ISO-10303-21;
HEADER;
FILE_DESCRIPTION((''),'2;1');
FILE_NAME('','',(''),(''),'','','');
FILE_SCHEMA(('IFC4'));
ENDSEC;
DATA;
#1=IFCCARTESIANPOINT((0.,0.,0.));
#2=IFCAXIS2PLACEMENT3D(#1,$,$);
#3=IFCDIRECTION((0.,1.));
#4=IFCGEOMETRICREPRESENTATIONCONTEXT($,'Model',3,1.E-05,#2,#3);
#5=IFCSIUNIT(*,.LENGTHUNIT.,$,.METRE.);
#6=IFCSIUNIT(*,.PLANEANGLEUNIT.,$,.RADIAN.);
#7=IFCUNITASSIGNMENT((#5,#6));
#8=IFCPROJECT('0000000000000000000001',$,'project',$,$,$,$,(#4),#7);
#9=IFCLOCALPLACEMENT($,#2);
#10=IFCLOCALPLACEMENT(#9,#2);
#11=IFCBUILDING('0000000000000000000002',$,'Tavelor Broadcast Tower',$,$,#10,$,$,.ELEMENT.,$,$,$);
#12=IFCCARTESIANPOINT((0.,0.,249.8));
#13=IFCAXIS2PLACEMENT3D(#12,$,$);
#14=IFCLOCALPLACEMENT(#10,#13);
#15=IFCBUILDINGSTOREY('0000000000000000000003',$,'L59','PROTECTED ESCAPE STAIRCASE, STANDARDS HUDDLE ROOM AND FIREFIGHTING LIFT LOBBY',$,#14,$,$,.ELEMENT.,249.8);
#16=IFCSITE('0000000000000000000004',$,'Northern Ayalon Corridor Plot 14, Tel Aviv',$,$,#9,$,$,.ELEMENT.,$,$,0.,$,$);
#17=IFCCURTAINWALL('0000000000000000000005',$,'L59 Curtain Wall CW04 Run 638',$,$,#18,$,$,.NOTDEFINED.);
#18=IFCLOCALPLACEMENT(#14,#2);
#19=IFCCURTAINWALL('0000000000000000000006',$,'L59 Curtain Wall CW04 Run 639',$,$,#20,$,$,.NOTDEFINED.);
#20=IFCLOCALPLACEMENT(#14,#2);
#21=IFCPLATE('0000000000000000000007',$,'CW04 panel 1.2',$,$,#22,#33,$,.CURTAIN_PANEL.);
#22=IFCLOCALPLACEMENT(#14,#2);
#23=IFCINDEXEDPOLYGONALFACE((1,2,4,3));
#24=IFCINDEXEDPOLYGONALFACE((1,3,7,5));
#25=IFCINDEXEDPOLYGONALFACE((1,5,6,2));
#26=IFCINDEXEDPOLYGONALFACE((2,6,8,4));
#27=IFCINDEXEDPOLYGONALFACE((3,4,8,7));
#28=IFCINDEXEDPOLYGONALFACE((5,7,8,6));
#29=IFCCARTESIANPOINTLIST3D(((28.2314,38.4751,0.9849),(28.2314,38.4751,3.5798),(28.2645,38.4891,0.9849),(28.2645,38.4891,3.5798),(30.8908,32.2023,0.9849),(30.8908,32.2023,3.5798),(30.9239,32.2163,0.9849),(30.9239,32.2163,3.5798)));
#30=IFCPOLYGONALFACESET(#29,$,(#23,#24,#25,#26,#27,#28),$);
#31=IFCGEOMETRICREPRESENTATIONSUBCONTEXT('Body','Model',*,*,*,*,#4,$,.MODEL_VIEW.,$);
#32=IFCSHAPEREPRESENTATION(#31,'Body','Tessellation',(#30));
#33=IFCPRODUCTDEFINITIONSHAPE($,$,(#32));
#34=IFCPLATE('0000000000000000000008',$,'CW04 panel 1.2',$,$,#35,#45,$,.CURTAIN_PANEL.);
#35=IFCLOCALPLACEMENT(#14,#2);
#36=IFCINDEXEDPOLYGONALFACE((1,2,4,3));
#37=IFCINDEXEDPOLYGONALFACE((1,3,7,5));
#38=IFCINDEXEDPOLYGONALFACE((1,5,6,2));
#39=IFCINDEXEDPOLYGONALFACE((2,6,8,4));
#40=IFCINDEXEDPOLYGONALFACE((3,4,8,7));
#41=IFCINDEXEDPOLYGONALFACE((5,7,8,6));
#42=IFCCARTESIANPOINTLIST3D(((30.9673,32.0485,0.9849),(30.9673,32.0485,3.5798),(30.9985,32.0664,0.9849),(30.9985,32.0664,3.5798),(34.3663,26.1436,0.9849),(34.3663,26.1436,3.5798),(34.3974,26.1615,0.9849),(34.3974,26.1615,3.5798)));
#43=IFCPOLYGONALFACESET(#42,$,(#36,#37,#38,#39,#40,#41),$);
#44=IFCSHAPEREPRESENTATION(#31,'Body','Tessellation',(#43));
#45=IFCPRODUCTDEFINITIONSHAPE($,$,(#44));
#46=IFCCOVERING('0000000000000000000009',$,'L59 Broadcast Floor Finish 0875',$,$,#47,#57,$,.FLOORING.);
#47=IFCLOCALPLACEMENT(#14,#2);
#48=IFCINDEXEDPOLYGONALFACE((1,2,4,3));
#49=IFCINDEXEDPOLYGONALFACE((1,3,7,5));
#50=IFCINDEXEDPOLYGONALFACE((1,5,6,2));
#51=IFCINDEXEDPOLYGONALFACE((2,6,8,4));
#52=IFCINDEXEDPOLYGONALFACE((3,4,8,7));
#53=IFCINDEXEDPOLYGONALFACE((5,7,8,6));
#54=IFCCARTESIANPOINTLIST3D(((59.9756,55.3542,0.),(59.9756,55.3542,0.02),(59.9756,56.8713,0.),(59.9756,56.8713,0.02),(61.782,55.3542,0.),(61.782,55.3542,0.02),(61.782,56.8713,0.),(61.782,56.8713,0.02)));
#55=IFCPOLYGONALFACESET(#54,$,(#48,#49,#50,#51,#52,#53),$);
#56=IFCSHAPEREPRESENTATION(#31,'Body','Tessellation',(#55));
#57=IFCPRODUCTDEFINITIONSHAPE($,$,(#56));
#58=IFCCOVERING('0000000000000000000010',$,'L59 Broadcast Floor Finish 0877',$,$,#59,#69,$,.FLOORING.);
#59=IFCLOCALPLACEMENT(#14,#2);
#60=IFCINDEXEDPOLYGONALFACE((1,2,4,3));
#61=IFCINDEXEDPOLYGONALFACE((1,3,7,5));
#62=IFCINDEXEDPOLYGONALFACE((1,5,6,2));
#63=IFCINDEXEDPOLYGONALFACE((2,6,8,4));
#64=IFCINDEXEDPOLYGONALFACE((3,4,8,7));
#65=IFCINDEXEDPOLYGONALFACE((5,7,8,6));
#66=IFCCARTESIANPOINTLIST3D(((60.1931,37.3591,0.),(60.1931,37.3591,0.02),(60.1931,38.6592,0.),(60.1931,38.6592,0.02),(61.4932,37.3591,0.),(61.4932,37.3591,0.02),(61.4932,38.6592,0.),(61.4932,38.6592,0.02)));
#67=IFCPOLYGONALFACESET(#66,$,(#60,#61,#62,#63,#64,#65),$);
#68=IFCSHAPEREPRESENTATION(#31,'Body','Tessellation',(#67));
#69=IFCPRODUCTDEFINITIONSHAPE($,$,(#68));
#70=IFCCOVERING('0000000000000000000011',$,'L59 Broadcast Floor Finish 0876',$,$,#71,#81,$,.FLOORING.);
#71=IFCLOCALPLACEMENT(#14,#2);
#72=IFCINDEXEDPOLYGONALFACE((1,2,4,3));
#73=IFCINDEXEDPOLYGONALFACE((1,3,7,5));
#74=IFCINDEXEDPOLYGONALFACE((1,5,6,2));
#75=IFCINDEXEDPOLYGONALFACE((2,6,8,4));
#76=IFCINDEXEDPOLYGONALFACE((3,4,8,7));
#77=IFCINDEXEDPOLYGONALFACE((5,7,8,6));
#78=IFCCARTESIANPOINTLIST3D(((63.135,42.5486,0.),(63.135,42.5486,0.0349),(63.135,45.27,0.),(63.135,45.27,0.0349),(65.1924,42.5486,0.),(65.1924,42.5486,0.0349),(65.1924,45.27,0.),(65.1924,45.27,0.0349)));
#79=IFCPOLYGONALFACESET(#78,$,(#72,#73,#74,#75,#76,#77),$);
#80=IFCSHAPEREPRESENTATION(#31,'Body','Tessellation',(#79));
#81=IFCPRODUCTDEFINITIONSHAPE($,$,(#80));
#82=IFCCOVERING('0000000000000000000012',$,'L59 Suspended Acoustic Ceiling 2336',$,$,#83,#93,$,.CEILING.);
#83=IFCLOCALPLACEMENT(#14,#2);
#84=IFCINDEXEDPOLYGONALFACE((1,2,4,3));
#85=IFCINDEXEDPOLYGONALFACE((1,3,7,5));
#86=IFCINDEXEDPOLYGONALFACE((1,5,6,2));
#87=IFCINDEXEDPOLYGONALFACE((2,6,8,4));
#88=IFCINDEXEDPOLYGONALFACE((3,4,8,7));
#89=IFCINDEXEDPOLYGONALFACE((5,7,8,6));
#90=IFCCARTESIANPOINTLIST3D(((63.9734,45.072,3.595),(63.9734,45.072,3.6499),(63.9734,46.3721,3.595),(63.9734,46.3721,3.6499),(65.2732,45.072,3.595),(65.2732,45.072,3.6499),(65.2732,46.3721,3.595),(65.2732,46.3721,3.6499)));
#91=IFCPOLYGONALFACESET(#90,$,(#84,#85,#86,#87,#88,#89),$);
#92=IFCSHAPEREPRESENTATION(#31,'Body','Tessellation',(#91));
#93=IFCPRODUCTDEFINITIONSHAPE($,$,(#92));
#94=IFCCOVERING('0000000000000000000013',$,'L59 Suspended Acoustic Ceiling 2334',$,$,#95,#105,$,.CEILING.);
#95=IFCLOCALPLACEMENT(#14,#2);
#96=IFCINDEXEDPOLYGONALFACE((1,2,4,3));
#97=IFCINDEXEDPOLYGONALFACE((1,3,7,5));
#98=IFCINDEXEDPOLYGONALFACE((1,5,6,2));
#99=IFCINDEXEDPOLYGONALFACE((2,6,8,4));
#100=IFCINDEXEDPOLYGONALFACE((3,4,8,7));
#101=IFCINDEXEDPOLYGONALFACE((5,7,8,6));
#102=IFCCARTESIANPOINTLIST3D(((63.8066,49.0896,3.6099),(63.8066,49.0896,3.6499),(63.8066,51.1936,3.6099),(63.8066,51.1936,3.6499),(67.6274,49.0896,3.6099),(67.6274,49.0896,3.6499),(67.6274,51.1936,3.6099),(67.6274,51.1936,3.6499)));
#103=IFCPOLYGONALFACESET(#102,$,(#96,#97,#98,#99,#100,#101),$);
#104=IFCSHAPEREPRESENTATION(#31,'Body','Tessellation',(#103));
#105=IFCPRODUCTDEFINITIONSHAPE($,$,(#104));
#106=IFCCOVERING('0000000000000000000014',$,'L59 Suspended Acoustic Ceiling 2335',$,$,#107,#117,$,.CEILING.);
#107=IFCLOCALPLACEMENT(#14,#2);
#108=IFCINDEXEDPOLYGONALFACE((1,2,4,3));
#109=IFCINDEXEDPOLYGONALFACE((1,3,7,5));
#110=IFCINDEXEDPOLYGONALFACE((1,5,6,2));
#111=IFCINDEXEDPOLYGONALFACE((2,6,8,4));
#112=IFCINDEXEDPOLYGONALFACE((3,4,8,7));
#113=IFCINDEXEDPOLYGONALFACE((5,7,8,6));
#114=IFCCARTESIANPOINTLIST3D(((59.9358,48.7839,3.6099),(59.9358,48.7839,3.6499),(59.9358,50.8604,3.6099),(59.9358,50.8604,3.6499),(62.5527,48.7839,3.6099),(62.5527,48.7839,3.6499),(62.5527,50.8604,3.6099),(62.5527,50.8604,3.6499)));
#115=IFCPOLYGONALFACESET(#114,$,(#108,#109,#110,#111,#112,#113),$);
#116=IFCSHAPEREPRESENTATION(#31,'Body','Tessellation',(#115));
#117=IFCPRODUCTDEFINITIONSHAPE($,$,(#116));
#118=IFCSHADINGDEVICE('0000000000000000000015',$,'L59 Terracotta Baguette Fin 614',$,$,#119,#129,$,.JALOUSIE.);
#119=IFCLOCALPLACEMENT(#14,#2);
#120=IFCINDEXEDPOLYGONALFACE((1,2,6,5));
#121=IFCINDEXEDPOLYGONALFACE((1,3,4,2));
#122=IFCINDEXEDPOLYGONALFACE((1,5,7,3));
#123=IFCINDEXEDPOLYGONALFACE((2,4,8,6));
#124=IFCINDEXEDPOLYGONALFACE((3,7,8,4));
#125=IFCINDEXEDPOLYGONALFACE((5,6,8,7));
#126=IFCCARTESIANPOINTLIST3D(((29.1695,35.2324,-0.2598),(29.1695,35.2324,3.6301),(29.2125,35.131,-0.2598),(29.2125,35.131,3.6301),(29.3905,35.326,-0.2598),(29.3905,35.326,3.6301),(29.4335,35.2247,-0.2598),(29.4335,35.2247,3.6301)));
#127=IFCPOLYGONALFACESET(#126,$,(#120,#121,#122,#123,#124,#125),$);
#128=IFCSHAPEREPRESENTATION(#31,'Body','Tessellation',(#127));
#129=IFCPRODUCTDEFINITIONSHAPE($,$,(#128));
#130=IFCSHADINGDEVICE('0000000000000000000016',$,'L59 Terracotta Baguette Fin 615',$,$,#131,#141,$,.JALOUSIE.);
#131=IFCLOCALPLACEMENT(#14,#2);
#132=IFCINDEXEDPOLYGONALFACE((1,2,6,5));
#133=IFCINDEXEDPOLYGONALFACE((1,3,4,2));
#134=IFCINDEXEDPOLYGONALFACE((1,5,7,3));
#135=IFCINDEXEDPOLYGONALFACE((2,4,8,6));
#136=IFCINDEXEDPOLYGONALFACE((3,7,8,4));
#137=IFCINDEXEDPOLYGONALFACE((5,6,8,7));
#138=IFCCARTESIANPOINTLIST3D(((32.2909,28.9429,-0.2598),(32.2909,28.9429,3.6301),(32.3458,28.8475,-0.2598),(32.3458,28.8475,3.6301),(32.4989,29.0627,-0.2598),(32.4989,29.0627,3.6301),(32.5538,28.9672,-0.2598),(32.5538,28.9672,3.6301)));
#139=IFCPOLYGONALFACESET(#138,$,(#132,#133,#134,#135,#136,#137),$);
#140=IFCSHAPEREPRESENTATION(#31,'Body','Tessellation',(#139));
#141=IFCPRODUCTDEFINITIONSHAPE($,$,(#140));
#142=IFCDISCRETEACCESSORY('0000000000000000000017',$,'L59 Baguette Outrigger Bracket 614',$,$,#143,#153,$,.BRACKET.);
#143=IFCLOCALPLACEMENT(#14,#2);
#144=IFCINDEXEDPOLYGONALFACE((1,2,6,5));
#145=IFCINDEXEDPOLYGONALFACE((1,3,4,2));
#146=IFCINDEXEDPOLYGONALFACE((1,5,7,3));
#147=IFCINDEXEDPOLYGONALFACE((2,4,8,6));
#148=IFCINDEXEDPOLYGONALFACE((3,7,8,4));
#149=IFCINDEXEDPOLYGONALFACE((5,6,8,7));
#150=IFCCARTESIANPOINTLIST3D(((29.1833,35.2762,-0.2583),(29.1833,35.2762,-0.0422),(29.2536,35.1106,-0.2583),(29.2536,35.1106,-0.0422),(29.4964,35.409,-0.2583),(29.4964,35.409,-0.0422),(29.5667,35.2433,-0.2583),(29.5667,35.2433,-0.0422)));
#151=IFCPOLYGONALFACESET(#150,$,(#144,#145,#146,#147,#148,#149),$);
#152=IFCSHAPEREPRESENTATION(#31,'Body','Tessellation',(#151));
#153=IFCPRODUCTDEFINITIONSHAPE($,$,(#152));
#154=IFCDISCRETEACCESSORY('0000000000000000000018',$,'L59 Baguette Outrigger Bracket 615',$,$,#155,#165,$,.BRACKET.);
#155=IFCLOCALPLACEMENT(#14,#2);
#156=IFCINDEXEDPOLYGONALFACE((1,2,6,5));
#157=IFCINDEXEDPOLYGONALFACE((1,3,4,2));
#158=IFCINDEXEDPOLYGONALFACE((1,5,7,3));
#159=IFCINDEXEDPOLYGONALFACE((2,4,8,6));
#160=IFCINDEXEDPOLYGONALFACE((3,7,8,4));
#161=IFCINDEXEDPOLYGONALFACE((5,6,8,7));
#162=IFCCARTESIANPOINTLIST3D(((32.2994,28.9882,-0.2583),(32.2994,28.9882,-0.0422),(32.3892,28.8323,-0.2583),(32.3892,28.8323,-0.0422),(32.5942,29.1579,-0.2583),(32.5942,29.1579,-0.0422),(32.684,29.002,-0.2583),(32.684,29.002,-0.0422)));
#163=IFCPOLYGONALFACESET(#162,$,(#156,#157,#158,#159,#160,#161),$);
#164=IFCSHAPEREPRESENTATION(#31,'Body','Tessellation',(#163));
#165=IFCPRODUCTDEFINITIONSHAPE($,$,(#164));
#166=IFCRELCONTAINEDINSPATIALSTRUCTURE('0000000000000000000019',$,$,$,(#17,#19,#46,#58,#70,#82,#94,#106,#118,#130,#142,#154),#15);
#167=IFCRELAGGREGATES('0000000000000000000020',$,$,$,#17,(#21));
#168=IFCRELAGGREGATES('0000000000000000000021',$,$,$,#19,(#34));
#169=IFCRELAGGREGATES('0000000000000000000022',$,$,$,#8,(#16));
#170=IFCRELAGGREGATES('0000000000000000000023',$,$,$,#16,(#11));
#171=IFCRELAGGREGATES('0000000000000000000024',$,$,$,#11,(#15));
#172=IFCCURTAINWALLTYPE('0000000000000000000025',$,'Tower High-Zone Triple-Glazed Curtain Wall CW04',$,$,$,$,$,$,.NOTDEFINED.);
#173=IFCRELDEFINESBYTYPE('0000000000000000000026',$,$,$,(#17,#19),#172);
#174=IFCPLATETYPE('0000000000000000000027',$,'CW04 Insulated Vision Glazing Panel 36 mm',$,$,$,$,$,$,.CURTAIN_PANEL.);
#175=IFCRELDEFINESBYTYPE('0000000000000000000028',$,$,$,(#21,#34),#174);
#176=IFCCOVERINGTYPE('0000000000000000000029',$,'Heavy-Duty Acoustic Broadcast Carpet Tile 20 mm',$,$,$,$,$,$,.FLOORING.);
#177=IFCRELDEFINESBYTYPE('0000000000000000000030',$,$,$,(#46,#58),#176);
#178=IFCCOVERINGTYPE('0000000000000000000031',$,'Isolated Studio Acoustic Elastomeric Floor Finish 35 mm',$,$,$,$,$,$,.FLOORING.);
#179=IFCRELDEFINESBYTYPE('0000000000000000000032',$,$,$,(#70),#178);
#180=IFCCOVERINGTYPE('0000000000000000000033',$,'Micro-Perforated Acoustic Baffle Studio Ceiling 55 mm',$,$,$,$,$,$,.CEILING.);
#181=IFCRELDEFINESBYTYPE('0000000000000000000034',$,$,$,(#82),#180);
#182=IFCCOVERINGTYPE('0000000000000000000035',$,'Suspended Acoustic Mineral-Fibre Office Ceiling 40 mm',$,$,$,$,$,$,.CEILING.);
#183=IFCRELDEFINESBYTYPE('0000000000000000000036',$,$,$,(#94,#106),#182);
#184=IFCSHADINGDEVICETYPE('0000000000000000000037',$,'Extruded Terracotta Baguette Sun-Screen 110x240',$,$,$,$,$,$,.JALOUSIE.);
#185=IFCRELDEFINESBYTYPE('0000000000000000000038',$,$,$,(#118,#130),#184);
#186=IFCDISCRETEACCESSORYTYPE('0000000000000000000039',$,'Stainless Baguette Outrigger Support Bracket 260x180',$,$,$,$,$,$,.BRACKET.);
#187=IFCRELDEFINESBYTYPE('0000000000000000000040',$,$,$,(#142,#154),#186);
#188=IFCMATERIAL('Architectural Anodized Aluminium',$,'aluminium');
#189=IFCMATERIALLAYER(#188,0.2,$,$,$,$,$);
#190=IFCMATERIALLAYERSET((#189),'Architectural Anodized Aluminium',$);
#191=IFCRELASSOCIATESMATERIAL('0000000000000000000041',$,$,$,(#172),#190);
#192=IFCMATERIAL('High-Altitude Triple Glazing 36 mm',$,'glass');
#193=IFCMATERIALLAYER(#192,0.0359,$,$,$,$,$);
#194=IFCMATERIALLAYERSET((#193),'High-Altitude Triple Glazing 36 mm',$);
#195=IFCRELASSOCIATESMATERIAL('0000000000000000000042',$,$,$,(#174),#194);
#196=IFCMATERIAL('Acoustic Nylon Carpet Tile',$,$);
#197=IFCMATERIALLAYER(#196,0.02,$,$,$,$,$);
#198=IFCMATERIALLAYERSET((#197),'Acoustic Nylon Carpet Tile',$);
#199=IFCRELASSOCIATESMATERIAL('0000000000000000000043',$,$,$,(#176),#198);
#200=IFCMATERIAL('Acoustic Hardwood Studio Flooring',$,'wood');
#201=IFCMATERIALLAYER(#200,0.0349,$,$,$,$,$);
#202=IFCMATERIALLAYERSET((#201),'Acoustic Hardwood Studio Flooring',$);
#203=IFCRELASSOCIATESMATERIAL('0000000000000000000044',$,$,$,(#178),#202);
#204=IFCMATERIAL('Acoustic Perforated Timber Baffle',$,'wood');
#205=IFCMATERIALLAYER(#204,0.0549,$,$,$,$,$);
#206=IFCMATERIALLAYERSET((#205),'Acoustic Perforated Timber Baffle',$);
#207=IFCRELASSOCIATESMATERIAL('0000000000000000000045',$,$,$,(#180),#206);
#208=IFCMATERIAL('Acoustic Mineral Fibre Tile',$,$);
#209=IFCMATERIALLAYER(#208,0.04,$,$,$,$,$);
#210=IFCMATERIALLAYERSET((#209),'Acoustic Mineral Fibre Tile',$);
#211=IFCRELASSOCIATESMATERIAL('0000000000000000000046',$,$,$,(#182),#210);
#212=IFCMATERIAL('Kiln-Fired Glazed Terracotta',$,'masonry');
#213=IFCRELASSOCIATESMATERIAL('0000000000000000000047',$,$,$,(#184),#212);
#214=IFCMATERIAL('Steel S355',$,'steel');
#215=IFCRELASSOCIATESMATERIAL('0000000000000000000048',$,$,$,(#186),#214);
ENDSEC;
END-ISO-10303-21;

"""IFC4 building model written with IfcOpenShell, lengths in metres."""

from ifc_helpers import new_model, si_unit, direction, frame, origin, origin_2d, place, context, subcontext, project, spatial, polyline, rectangle, outline, extrude, source, transform, mapped, material, layer, layer_set, type_object, type_shapes, element, aggregate, save


model = new_model("IFC4")

# Units and contexts
model_context = context("Model", 3, precision=1e-05, world=origin(), true_north=direction((0.0, 1.0)))
body_context = subcontext(model_context, "Body", "Model", "MODEL_VIEW")
ifc_project = project(units=[si_unit("LENGTHUNIT", "METRE"), si_unit("PLANEANGLEUNIT", "RADIAN")], contexts=[model_context])

# Site, building, storey
site_placement = place(None, origin())
site = spatial("IfcSite", under=ifc_project, at=site_placement, Name="Northern Ayalon Corridor Plot 14, Tel Aviv", CompositionType="ELEMENT", RefElevation=0.0)
building_placement = place(site_placement, origin())
building = spatial("IfcBuilding", under=site, at=building_placement, Name="Tavelor Broadcast Tower", CompositionType="ELEMENT")
storey_placement = place(building_placement, frame((0.0, 0.0, 249.8)))
storey = spatial("IfcBuildingStorey", under=building, at=storey_placement, Name="L59", Description="PROTECTED ESCAPE STAIRCASE, STANDARDS HUDDLE ROOM AND FIREFIGHTING LIFT LOBBY", CompositionType="ELEMENT", Elevation=249.8)

# Curtain wall
ifc_material_1 = material(Name="Architectural Anodized Aluminium", Category="aluminium")
ifc_layer_1 = layer(ifc_material_1, 0.2)
ifc_layer_set_1 = layer_set([ifc_layer_1], Name="Architectural Anodized Aluminium")
curtain_wall_type = type_object("IfcCurtainWallType", Name="Tower High-Zone Triple-Glazed Curtain Wall CW04", PredefinedType="NOTDEFINED", material=ifc_layer_set_1)
curtain_wall_1_placement = place(storey_placement, origin())
curtain_wall_1 = element("IfcCurtainWall", 1, at=curtain_wall_1_placement, inside=storey, type_object=curtain_wall_type, Name="L59 Curtain Wall CW04 Run 638", PredefinedType="NOTDEFINED")

# Curtain wall
curtain_wall_2_placement = place(storey_placement, origin())
curtain_wall_2 = element("IfcCurtainWall", 2, at=curtain_wall_2_placement, inside=storey, type_object=curtain_wall_type, Name="L59 Curtain Wall CW04 Run 639", PredefinedType="NOTDEFINED")

# Plates
ifc_material_2 = material(Name="High-Altitude Triple Glazing 36 mm", Category="glass")
ifc_layer_2 = layer(ifc_material_2, 0.0359)
ifc_layer_set_2 = layer_set([ifc_layer_2], Name="High-Altitude Triple Glazing 36 mm")
plate_type = type_object("IfcPlateType", Name="CW04 Insulated Vision Glazing Panel 36 mm", PredefinedType="CURTAIN_PANEL", material=ifc_layer_set_2)
shared_shape_1 = source(origin(), body_context, "Body", "SweptSolid", [
    extrude(rectangle(XDim=6.8132, YDim=0.0359, at=origin_2d()), origin(), (0.0, 0.0, 1.0), 2.595),
])
plate_1_placement = place(storey_placement, frame((29.5776, 35.3457, 0.9849), z_axis=(0.0, 0.0, 1.0), x_axis=(0.390327, -0.920676, 0.0)))
plate_1 = element("IfcPlate", 3, at=plate_1_placement, type_object=plate_type, Name="CW04 panel 1.2", PredefinedType="CURTAIN_PANEL", context=body_context, shape_type="MappedRepresentation", body=[
    mapped(shared_shape_1, transform((0.0, 0.0, 0.0), scale=1.0)),
])
aggregate(curtain_wall_1, [plate_1])
plate_2_placement = place(storey_placement, frame((32.6824, 29.105, 0.9849), z_axis=(0.0, 0.0, 1.0), x_axis=(0.498875, -0.866674, 0.0)))
plate_2 = element("IfcPlate", 4, at=plate_2_placement, type_object=plate_type, Name="CW04 panel 1.2", PredefinedType="CURTAIN_PANEL", context=body_context, shape_type="MappedRepresentation", body=[
    mapped(shared_shape_1, transform((0.0, 0.0, 0.0), scale=1.0)),
])
aggregate(curtain_wall_2, [plate_2])

# Coverings
ifc_material_3 = material(Name="Acoustic Nylon Carpet Tile")
ifc_layer_3 = layer(ifc_material_3, 0.02)
ifc_layer_set_3 = layer_set([ifc_layer_3], Name="Acoustic Nylon Carpet Tile")
covering_type_1 = type_object("IfcCoveringType", Name="Heavy-Duty Acoustic Broadcast Carpet Tile 20 mm", PredefinedType="FLOORING", material=ifc_layer_set_3)
covering_1_placement = place(storey_placement, origin())
element("IfcCovering", 5, at=covering_1_placement, inside=storey, type_object=covering_type_1, Name="L59 Broadcast Floor Finish 0875", PredefinedType="FLOORING", context=body_context, shape_type="SweptSolid", body=[
    extrude(outline(polyline([(59.9756, 55.3542), (61.782, 55.3542), (61.782, 56.8713), (59.9756, 56.8713), (59.9756, 55.3542)])), origin(), (0.0, 0.0, 1.0), 0.02),
])
covering_2_placement = place(storey_placement, origin())
element("IfcCovering", 6, at=covering_2_placement, inside=storey, type_object=covering_type_1, Name="L59 Broadcast Floor Finish 0877", PredefinedType="FLOORING", context=body_context, shape_type="SweptSolid", body=[
    extrude(outline(polyline([(60.1931, 37.3591), (61.4932, 37.3591), (61.4932, 38.6592), (60.1931, 38.6592), (60.1931, 37.3591)])), origin(), (0.0, 0.0, 1.0), 0.02),
])
ifc_material_4 = material(Name="Acoustic Hardwood Studio Flooring", Category="wood")
ifc_layer_4 = layer(ifc_material_4, 0.0349)
ifc_layer_set_4 = layer_set([ifc_layer_4], Name="Acoustic Hardwood Studio Flooring")
covering_type_2 = type_object("IfcCoveringType", Name="Isolated Studio Acoustic Elastomeric Floor Finish 35 mm", PredefinedType="FLOORING", material=ifc_layer_set_4)
covering_3_placement = place(storey_placement, origin())
element("IfcCovering", 7, at=covering_3_placement, inside=storey, type_object=covering_type_2, Name="L59 Broadcast Floor Finish 0876", PredefinedType="FLOORING", context=body_context, shape_type="SweptSolid", body=[
    extrude(outline(polyline([(63.135, 42.5486), (65.1924, 42.5486), (65.1924, 45.27), (63.135, 45.27), (63.135, 42.5486)])), origin(), (0.0, 0.0, 1.0), 0.0349),
])
ifc_material_5 = material(Name="Acoustic Perforated Timber Baffle", Category="wood")
ifc_layer_5 = layer(ifc_material_5, 0.0549)
ifc_layer_set_5 = layer_set([ifc_layer_5], Name="Acoustic Perforated Timber Baffle")
covering_type_3 = type_object("IfcCoveringType", Name="Micro-Perforated Acoustic Baffle Studio Ceiling 55 mm", PredefinedType="CEILING", material=ifc_layer_set_5)
covering_4_placement = place(storey_placement, frame((0.0, 0.0, 3.595)))
element("IfcCovering", 8, at=covering_4_placement, inside=storey, type_object=covering_type_3, Name="L59 Suspended Acoustic Ceiling 2336", PredefinedType="CEILING", context=body_context, shape_type="SweptSolid", body=[
    extrude(outline(polyline([(63.9734, 45.072), (65.2732, 45.072), (65.2732, 46.3721), (63.9734, 46.3721), (63.9734, 45.072)])), origin(), (0.0, 0.0, 1.0), 0.0549),
])
ifc_material_6 = material(Name="Acoustic Mineral Fibre Tile")
ifc_layer_6 = layer(ifc_material_6, 0.04)
ifc_layer_set_6 = layer_set([ifc_layer_6], Name="Acoustic Mineral Fibre Tile")
covering_type_4 = type_object("IfcCoveringType", Name="Suspended Acoustic Mineral-Fibre Office Ceiling 40 mm", PredefinedType="CEILING", material=ifc_layer_set_6)
covering_5_placement = place(storey_placement, frame((0.0, 0.0, 3.6099)))
element("IfcCovering", 9, at=covering_5_placement, inside=storey, type_object=covering_type_4, Name="L59 Suspended Acoustic Ceiling 2334", PredefinedType="CEILING", context=body_context, shape_type="SweptSolid", body=[
    extrude(outline(polyline([(63.8066, 49.0896), (67.6274, 49.0896), (67.6274, 51.1936), (63.8066, 51.1936), (63.8066, 49.0896)])), origin(), (0.0, 0.0, 1.0), 0.04),
])
covering_6_placement = place(storey_placement, frame((0.0, 0.0, 3.6099)))
element("IfcCovering", 10, at=covering_6_placement, inside=storey, type_object=covering_type_4, Name="L59 Suspended Acoustic Ceiling 2335", PredefinedType="CEILING", context=body_context, shape_type="SweptSolid", body=[
    extrude(outline(polyline([(59.9358, 48.7839), (62.5527, 48.7839), (62.5527, 50.8604), (59.9358, 50.8604), (59.9358, 48.7839)])), origin(), (0.0, 0.0, 1.0), 0.04),
])

# Shading devices
ifc_material_7 = material(Name="Kiln-Fired Glazed Terracotta", Category="masonry")
shading_device_type = type_object("IfcShadingDeviceType", Name="Extruded Terracotta Baguette Sun-Screen 110x240", PredefinedType="JALOUSIE", material=ifc_material_7)
shared_shape_2 = source(origin(), body_context, "Body", "SweptSolid", [
    extrude(rectangle(XDim=0.1101, YDim=0.24, at=origin_2d()), origin(), (0.0, 0.0, 1.0), 3.8899),
])
type_shapes(shading_device_type, [shared_shape_2])
for number, where, z_axis, x_axis, name in (
    (11, (29.3015, 35.2285, -0.2598), (0.0, 0.0, 1.0), (0.39041, -0.920641, 0.0), "L59 Terracotta Baguette Fin 614"),
    (12, (32.4224, 28.9551, -0.2598), (0.0, 0.0, 1.0), (0.498942, -0.866636, 0.0), "L59 Terracotta Baguette Fin 615"),
):
    element("IfcShadingDevice", number, at=place(storey_placement, frame(where, z_axis=z_axis, x_axis=x_axis)), inside=storey, type_object=shading_device_type, Name=name, PredefinedType="JALOUSIE", context=body_context, shape_type="MappedRepresentation", body=[
        mapped(shared_shape_2, transform((0.0, 0.0, 0.0), scale=1.0)),
    ])

# Discrete accessories
ifc_material_8 = material(Name="Steel S355", Category="steel")
discrete_accessory_type = type_object("IfcDiscreteAccessoryType", Name="Stainless Baguette Outrigger Support Bracket 260x180", PredefinedType="BRACKET", material=ifc_material_8)
shared_shape_3 = source(origin(), body_context, "Body", "SweptSolid", [
    extrude(rectangle(XDim=0.1799, YDim=0.3401, at=origin_2d()), origin(), (0.0, 0.0, 1.0), 0.2161),
])
type_shapes(discrete_accessory_type, [shared_shape_3])
for number, where, z_axis, x_axis, name in (
    (13, (29.375, 35.2598, -0.2583), (0.0, 0.0, 1.0), (0.39041, -0.920641, 0.0), "L59 Baguette Outrigger Bracket 614"),
    (14, (32.4917, 28.9951, -0.2583), (0.0, 0.0, 1.0), (0.498942, -0.866636, 0.0), "L59 Baguette Outrigger Bracket 615"),
):
    element("IfcDiscreteAccessory", number, at=place(storey_placement, frame(where, z_axis=z_axis, x_axis=x_axis)), inside=storey, type_object=discrete_accessory_type, Name=name, PredefinedType="BRACKET", context=body_context, shape_type="MappedRepresentation", body=[
        mapped(shared_shape_3, transform((0.0, 0.0, 0.0), scale=1.0)),
    ])

save(model, "model.ifc")
